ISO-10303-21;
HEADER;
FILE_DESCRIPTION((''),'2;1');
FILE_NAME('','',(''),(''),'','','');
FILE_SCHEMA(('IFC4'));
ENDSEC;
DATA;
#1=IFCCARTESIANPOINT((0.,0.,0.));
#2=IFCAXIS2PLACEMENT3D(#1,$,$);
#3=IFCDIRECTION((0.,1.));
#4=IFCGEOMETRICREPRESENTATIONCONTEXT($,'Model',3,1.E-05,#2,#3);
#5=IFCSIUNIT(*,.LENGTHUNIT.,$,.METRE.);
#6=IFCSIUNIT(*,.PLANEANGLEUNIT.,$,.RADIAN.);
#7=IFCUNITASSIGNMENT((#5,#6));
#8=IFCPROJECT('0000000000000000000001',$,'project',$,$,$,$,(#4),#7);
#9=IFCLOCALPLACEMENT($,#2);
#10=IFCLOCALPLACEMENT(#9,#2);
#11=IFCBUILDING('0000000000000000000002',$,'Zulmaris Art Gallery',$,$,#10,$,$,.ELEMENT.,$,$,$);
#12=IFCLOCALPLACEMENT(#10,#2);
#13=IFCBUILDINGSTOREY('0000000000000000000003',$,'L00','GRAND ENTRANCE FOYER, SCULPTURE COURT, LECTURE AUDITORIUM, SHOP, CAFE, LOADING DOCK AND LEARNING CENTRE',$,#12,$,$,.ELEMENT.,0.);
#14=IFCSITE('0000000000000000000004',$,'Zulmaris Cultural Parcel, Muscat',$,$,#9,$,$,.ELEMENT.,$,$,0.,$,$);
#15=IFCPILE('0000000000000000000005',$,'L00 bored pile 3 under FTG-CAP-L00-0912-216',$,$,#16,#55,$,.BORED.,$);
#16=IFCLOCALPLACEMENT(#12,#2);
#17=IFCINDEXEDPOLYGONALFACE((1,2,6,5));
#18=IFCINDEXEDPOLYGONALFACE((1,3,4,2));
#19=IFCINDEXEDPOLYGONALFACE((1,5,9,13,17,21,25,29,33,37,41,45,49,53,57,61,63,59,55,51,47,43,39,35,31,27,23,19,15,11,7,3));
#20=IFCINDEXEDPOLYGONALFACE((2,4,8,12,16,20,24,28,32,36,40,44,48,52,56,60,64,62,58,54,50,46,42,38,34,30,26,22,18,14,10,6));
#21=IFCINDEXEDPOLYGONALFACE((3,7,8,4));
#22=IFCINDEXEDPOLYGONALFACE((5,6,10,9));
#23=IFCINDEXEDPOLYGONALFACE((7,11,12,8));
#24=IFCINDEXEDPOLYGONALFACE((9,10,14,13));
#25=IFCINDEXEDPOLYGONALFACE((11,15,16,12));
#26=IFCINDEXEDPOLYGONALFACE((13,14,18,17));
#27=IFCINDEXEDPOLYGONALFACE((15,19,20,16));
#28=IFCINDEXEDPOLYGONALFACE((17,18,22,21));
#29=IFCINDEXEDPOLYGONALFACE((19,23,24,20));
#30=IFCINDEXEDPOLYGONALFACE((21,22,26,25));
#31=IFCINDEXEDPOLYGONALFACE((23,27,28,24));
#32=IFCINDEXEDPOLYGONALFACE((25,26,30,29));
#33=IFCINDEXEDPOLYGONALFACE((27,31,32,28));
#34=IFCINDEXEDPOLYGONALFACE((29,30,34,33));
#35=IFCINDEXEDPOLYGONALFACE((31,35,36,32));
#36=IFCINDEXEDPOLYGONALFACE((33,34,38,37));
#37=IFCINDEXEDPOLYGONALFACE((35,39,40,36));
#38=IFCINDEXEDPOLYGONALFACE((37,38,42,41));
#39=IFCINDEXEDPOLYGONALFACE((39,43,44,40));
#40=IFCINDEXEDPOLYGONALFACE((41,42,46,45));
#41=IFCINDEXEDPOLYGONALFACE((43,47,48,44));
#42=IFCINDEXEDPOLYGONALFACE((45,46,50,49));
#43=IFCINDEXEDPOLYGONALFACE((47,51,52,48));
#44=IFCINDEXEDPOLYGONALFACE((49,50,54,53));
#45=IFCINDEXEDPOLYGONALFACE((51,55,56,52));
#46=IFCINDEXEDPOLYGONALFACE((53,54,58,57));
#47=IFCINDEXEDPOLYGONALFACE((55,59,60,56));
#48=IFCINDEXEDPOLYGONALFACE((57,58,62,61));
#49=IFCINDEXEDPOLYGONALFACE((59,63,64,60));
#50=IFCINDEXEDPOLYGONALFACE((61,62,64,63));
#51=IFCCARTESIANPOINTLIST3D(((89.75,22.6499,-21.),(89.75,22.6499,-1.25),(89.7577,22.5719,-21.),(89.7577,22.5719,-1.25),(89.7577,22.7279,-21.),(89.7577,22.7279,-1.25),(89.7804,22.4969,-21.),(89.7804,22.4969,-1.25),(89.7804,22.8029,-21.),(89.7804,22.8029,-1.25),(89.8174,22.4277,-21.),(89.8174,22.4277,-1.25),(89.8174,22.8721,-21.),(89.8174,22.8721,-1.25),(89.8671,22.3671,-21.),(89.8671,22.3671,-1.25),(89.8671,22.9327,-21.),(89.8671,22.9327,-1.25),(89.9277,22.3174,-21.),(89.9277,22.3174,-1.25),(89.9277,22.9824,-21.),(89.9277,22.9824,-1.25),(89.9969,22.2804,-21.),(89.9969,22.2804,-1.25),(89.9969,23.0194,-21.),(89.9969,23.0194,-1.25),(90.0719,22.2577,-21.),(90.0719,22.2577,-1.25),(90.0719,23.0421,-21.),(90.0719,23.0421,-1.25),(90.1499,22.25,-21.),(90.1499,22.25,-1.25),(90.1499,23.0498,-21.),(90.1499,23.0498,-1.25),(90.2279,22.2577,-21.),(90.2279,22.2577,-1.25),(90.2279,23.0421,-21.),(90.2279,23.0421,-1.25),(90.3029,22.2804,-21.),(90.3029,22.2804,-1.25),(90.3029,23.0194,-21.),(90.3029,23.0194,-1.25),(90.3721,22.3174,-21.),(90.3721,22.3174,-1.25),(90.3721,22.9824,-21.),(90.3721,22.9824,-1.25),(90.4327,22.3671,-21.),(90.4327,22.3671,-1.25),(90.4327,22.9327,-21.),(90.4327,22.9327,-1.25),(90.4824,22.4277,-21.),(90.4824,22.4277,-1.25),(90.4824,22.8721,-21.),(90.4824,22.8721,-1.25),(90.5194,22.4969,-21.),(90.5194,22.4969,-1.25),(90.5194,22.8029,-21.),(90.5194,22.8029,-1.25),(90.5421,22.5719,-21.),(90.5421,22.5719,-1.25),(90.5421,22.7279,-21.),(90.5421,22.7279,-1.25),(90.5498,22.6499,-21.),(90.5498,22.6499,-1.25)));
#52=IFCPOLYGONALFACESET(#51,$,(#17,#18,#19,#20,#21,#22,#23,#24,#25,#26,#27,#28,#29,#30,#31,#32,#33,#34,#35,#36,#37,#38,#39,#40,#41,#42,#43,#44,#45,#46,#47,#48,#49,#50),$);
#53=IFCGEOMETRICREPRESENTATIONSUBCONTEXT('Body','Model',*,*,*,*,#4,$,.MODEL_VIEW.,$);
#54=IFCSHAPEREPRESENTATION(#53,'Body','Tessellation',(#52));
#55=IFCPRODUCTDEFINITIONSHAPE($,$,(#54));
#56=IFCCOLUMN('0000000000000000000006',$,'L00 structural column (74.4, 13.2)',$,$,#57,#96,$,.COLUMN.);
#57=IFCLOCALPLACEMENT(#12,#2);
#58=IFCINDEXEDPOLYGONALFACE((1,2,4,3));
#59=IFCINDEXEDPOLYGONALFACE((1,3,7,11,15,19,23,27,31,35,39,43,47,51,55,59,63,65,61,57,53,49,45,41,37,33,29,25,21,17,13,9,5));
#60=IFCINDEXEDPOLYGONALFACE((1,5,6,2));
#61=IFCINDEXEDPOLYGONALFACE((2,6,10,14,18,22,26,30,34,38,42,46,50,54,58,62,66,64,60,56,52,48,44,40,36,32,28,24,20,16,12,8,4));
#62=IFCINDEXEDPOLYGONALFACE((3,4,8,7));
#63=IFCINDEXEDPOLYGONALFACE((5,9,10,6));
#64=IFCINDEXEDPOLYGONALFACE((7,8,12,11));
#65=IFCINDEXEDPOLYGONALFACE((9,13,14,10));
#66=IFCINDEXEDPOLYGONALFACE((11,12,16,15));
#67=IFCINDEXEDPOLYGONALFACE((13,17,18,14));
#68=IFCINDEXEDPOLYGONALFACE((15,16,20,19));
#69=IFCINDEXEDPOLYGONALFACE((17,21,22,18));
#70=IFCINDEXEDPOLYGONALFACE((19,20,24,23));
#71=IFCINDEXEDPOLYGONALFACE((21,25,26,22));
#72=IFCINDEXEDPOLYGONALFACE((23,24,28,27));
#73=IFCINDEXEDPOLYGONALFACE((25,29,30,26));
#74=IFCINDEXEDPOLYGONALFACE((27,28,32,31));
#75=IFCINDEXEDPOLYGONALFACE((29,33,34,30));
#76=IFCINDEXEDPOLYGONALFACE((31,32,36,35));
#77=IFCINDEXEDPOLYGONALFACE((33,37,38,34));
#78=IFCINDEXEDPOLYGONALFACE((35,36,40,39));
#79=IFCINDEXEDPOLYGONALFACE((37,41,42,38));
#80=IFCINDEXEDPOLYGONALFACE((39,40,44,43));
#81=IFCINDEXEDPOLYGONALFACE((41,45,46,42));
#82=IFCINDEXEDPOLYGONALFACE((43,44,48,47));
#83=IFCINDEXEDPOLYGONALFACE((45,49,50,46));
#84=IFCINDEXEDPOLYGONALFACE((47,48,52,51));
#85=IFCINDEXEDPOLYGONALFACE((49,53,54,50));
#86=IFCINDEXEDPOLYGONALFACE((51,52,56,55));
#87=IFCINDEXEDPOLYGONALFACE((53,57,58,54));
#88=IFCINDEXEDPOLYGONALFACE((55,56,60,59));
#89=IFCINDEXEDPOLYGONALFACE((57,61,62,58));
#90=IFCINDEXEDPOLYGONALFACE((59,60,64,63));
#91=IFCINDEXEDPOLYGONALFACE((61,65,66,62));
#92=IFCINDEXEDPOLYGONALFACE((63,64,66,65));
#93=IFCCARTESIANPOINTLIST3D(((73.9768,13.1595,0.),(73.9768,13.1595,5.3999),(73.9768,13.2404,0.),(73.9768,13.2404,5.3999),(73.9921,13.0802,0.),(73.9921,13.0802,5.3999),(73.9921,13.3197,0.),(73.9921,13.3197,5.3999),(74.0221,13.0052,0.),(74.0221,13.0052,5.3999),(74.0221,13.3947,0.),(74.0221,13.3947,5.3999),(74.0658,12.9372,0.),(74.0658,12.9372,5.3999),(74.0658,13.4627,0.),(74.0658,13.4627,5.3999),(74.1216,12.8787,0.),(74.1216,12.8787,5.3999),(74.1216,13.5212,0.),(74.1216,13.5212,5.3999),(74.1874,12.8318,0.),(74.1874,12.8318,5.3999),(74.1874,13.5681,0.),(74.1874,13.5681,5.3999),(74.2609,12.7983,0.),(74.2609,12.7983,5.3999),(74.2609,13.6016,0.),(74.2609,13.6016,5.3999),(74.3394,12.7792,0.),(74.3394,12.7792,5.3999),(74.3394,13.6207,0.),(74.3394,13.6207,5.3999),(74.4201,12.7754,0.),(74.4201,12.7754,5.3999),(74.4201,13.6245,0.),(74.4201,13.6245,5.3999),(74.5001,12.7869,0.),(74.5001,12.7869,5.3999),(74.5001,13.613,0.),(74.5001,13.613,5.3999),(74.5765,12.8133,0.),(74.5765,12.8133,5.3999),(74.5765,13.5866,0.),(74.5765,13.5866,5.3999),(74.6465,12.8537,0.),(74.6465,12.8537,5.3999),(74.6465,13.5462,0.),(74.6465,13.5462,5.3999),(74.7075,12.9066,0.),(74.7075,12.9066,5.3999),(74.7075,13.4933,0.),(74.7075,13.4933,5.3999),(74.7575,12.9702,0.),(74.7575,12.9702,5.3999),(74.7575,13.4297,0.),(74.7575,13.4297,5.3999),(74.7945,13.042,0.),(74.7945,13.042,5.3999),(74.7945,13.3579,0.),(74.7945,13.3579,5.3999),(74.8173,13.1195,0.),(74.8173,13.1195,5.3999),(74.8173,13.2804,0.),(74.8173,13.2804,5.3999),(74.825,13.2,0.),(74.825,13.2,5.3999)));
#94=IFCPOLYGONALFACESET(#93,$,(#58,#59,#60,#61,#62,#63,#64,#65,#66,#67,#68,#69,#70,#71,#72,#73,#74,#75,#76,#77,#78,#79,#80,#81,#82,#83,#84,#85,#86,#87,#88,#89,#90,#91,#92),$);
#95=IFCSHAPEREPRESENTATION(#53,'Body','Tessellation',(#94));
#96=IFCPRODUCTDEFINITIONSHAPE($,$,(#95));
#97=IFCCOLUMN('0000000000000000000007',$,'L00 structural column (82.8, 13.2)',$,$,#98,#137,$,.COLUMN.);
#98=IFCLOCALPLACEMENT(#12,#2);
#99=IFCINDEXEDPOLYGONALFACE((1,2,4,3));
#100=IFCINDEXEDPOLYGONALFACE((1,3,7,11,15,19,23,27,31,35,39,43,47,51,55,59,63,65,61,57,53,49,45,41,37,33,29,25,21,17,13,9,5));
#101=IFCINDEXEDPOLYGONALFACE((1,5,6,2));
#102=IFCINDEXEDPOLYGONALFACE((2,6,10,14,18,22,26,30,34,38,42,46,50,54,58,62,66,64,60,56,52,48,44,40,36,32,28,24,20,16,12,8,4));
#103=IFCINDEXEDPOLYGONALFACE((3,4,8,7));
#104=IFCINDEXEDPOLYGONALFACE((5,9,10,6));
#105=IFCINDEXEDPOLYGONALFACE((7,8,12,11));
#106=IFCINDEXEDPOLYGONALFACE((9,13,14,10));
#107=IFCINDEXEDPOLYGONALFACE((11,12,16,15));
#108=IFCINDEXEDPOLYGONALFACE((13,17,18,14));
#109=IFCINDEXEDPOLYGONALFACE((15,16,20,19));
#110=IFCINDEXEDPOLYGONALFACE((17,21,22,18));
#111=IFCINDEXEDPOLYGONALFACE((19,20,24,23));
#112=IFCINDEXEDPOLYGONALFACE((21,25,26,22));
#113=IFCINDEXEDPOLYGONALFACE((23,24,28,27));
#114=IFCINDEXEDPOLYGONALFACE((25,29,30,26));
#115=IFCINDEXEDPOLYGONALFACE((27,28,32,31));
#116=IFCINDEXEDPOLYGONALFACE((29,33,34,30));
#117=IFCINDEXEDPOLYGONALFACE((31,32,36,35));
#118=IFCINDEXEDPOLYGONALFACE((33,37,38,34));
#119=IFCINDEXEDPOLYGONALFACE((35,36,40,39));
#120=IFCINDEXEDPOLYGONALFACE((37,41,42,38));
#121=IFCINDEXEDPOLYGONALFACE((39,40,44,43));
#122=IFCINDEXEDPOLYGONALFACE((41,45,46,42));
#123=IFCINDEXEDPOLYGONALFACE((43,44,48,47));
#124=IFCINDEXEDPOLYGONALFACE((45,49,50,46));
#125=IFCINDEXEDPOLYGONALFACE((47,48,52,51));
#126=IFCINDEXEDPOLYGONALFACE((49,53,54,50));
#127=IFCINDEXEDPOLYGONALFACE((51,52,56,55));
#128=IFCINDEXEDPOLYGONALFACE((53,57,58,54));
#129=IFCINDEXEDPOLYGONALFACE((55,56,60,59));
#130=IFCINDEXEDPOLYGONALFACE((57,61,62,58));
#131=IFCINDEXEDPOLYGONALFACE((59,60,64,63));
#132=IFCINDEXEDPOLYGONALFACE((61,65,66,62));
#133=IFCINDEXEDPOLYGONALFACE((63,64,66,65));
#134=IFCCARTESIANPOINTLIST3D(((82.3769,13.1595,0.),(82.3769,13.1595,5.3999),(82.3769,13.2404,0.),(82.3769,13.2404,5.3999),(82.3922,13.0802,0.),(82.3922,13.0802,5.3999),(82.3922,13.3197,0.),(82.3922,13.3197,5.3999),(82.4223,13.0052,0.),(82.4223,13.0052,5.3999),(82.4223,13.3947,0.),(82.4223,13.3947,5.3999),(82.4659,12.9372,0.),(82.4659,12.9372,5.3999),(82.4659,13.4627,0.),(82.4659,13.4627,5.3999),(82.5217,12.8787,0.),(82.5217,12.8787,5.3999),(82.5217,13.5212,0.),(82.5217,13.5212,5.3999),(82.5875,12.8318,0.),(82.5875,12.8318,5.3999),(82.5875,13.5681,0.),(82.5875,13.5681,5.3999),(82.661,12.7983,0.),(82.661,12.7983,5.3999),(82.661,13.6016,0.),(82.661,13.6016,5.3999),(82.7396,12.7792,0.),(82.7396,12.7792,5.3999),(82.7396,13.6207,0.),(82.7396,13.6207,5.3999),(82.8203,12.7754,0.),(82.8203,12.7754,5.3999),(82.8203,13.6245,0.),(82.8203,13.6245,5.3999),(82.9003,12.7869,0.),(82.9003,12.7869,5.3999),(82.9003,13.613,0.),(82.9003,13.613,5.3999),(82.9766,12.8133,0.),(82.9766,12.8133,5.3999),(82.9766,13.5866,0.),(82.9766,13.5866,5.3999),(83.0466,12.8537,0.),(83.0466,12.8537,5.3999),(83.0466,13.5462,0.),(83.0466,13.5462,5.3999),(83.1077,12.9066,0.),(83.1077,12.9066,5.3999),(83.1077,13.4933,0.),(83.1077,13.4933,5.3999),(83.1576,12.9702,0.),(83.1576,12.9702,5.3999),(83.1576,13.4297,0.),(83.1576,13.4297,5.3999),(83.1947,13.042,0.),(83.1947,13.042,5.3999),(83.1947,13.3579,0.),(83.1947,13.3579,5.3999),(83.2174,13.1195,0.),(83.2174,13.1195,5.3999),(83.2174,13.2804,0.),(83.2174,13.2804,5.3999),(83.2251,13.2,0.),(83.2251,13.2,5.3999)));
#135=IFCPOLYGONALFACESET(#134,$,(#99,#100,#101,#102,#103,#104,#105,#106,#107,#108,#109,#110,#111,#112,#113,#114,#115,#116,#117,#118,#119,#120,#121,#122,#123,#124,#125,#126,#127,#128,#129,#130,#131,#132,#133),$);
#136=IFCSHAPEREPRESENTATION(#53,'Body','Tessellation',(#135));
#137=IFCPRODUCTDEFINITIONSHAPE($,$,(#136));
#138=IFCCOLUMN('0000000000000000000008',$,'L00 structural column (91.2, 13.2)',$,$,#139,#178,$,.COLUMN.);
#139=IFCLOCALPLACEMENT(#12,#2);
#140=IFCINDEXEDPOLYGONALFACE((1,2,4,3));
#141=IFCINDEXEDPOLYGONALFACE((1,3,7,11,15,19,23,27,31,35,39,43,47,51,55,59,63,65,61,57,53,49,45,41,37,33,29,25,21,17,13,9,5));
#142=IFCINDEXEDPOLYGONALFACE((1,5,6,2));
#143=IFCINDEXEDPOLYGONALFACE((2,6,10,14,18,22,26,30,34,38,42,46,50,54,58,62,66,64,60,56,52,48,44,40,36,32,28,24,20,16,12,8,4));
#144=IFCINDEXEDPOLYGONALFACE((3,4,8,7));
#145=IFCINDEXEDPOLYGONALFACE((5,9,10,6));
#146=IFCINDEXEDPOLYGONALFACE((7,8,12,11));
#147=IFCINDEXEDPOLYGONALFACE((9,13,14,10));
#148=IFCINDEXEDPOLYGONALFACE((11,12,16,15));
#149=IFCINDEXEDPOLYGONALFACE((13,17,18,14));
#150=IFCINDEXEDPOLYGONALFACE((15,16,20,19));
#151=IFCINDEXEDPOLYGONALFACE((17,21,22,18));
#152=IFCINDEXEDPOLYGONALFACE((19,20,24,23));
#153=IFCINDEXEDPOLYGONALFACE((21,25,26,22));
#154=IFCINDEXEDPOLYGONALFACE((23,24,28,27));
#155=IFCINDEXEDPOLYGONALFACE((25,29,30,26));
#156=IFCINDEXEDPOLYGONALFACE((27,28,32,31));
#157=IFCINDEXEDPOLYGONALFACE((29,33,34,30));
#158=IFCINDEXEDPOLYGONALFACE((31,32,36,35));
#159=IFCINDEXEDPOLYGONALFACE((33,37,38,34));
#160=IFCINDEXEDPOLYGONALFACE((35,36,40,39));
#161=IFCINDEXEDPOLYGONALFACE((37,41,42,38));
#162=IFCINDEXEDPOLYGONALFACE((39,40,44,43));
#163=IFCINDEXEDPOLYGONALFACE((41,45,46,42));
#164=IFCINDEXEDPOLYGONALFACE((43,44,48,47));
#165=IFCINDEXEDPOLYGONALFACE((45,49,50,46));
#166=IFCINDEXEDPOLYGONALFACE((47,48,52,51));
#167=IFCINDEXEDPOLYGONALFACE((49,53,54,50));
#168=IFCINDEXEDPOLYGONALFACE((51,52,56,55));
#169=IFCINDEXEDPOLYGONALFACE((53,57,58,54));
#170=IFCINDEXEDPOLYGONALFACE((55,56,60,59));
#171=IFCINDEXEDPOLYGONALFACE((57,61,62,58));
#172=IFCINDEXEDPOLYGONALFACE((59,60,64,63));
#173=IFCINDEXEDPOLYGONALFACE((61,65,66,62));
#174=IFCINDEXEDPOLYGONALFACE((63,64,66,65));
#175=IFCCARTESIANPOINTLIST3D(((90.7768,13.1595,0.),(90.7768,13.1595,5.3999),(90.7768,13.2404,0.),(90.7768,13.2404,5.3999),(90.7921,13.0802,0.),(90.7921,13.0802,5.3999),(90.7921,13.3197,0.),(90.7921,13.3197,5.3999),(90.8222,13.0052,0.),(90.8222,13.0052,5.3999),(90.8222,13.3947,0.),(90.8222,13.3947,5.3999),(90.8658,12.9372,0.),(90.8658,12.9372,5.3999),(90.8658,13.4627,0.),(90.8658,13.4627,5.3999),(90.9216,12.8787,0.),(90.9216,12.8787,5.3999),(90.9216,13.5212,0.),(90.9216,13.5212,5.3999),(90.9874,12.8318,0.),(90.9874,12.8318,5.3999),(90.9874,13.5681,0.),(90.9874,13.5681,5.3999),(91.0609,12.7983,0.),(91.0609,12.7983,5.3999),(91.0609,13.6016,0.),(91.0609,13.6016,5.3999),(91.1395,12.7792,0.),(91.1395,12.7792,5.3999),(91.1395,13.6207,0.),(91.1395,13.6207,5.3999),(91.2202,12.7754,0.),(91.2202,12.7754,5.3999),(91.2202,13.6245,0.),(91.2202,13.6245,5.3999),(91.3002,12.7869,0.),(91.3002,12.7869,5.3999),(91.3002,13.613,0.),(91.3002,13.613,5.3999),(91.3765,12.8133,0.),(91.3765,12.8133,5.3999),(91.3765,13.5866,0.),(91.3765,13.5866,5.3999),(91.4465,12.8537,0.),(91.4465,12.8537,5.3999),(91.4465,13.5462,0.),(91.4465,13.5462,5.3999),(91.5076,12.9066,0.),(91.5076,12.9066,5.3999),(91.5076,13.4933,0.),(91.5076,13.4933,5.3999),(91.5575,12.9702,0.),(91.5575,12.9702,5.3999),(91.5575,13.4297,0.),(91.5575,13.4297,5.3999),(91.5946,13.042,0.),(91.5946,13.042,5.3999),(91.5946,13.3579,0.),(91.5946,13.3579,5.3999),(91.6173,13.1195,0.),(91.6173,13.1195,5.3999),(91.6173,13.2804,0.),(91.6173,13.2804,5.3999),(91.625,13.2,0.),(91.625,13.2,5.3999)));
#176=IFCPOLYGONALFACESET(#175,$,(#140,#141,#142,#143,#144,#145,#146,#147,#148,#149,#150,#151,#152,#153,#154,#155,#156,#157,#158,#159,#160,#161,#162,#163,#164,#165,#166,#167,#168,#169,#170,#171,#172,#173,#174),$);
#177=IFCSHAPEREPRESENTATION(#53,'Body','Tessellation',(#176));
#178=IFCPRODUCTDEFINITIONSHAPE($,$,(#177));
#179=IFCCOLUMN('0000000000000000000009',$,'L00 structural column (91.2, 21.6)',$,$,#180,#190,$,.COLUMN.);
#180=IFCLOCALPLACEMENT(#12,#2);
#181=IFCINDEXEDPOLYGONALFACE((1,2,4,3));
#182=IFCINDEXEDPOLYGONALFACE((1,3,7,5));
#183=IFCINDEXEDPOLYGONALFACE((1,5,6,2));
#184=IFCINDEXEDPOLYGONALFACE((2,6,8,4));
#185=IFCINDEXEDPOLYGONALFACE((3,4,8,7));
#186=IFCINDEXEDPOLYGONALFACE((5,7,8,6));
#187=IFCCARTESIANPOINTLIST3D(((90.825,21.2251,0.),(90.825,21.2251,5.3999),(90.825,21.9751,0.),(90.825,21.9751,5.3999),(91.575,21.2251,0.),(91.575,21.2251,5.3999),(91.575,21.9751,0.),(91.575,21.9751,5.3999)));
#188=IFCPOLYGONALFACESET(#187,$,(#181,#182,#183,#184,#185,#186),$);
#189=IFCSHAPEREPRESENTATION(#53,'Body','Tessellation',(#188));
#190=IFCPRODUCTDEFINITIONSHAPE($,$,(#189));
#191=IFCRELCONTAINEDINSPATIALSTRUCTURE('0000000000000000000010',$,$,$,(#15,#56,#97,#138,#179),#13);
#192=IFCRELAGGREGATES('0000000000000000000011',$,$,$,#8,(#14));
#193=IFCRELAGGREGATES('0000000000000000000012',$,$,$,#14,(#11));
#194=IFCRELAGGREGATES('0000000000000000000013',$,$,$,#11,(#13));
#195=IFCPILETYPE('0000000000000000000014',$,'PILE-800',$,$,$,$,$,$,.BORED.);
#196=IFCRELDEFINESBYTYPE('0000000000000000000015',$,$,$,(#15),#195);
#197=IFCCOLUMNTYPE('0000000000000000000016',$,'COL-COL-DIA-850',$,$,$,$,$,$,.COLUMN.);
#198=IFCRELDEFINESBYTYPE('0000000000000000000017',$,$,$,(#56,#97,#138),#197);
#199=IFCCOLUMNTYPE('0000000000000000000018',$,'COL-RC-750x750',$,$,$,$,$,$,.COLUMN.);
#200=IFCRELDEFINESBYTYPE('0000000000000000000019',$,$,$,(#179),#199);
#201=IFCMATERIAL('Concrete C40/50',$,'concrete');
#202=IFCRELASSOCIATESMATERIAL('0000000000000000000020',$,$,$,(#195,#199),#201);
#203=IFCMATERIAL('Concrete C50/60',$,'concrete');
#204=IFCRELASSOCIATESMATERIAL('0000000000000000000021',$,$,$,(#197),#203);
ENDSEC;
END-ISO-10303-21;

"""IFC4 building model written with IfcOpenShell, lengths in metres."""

from ifc_helpers import new_model, si_unit, direction, frame, origin, origin_2d, place, context, subcontext, project, spatial, rectangle, circle, extrude, material, material_profile, profile_set, type_object, element, save


model = new_model("IFC4")

# Units and contexts
model_context = context("Model", 3, precision=1e-05, world=origin(), true_north=direction((0.0, 1.0)))
body_context = subcontext(model_context, "Body", "Model", "MODEL_VIEW")
ifc_project = project(units=[si_unit("LENGTHUNIT", "METRE"), si_unit("PLANEANGLEUNIT", "RADIAN")], contexts=[model_context])

# Site, building, storey
site_placement = place(None, origin())
site = spatial("IfcSite", under=ifc_project, at=site_placement, Name="Zulmaris Cultural Parcel, Muscat", CompositionType="ELEMENT", RefElevation=0.0)
building_placement = place(site_placement, origin())
building = spatial("IfcBuilding", under=site, at=building_placement, Name="Zulmaris Art Gallery", CompositionType="ELEMENT")
storey_placement = place(building_placement, origin())
storey = spatial("IfcBuildingStorey", under=building, at=storey_placement, Name="L00", Description="GRAND ENTRANCE FOYER, SCULPTURE COURT, LECTURE AUDITORIUM, SHOP, CAFE, LOADING DOCK AND LEARNING CENTRE", CompositionType="ELEMENT", Elevation=0.0)

# Pile
ifc_material_1 = material(Name="Concrete C40/50", Category="concrete")
ifc_material_profile_1 = material_profile(ifc_material_1, circle(Radius=0.3999, at=origin_2d()), Name="PILE DIA 800")
ifc_profile_set_1 = profile_set([ifc_material_profile_1], Name="Concrete C40/50")
pile_type_1 = type_object("IfcPileType", Name="PILE-800", PredefinedType="BORED", material=ifc_profile_set_1)
for number, where, z_axis, x_axis, name in (
    (1, (90.1499, 22.6499, -1.25), (0.0, 0.0, -1.0), (1.0, 0.0, 0.0), "L00 bored pile 3 under FTG-CAP-L00-0912-216"),
):
    element("IfcPile", number, at=place(storey_placement, frame(where, z_axis=z_axis, x_axis=x_axis)), inside=storey, type_object=pile_type_1, Name=name, PredefinedType="BORED", context=body_context, shape_type="SweptSolid", body=[
        extrude(circle(Radius=0.3999, at=origin_2d()), origin(), (0.0, 0.0, 1.0), 19.75),
    ])

# Columns
ifc_material_2 = material(Name="Concrete C50/60", Category="concrete")
ifc_material_profile_2 = material_profile(ifc_material_2, circle(Radius=0.425, at=origin_2d()), Name="COL DIA 850")
ifc_profile_set_2 = profile_set([ifc_material_profile_2], Name="Concrete C50/60")
column_type_1 = type_object("IfcColumnType", Name="COL-COL-DIA-850", PredefinedType="COLUMN", material=ifc_profile_set_2)
for number, where, z_axis, x_axis, name in (
    (2, (74.3999, 13.2, 0.0), (0.0, 0.0, 1.0), (1.0, 0.0, 0.0), "L00 structural column (74.4, 13.2)"),
    (3, (82.8, 13.2, 0.0), (0.0, 0.0, 1.0), (1.0, 0.0, 0.0), "L00 structural column (82.8, 13.2)"),
    (4, (91.2, 13.2, 0.0), (0.0, 0.0, 1.0), (1.0, 0.0, 0.0), "L00 structural column (91.2, 13.2)"),
):
    element("IfcColumn", number, at=place(storey_placement, frame(where, z_axis=z_axis, x_axis=x_axis)), inside=storey, type_object=column_type_1, Name=name, PredefinedType="COLUMN", context=body_context, shape_type="SweptSolid", body=[
        extrude(circle(Radius=0.425, at=origin_2d()), origin(), (0.0, 0.0, 1.0), 5.3999),
    ])
ifc_material_profile_3 = material_profile(ifc_material_1, rectangle(XDim=0.75, YDim=0.75, at=origin_2d()), Name="RC 750x750")
ifc_profile_set_3 = profile_set([ifc_material_profile_3], Name="Concrete C40/50")
column_type_2 = type_object("IfcColumnType", Name="COL-RC-750x750", PredefinedType="COLUMN", material=ifc_profile_set_3)
column_1_placement = place(storey_placement, frame((91.2, 21.6001, 0.0), z_axis=(0.0, 0.0, 1.0), x_axis=(1.0, 0.0, 0.0)))
element("IfcColumn", 5, at=column_1_placement, inside=storey, type_object=column_type_2, Name="L00 structural column (91.2, 21.6)", PredefinedType="COLUMN", context=body_context, shape_type="SweptSolid", body=[
    extrude(rectangle(XDim=0.75, YDim=0.75, at=origin_2d()), origin(), (0.0, 0.0, 1.0), 5.3999),
])

save(model, "model.ifc")
